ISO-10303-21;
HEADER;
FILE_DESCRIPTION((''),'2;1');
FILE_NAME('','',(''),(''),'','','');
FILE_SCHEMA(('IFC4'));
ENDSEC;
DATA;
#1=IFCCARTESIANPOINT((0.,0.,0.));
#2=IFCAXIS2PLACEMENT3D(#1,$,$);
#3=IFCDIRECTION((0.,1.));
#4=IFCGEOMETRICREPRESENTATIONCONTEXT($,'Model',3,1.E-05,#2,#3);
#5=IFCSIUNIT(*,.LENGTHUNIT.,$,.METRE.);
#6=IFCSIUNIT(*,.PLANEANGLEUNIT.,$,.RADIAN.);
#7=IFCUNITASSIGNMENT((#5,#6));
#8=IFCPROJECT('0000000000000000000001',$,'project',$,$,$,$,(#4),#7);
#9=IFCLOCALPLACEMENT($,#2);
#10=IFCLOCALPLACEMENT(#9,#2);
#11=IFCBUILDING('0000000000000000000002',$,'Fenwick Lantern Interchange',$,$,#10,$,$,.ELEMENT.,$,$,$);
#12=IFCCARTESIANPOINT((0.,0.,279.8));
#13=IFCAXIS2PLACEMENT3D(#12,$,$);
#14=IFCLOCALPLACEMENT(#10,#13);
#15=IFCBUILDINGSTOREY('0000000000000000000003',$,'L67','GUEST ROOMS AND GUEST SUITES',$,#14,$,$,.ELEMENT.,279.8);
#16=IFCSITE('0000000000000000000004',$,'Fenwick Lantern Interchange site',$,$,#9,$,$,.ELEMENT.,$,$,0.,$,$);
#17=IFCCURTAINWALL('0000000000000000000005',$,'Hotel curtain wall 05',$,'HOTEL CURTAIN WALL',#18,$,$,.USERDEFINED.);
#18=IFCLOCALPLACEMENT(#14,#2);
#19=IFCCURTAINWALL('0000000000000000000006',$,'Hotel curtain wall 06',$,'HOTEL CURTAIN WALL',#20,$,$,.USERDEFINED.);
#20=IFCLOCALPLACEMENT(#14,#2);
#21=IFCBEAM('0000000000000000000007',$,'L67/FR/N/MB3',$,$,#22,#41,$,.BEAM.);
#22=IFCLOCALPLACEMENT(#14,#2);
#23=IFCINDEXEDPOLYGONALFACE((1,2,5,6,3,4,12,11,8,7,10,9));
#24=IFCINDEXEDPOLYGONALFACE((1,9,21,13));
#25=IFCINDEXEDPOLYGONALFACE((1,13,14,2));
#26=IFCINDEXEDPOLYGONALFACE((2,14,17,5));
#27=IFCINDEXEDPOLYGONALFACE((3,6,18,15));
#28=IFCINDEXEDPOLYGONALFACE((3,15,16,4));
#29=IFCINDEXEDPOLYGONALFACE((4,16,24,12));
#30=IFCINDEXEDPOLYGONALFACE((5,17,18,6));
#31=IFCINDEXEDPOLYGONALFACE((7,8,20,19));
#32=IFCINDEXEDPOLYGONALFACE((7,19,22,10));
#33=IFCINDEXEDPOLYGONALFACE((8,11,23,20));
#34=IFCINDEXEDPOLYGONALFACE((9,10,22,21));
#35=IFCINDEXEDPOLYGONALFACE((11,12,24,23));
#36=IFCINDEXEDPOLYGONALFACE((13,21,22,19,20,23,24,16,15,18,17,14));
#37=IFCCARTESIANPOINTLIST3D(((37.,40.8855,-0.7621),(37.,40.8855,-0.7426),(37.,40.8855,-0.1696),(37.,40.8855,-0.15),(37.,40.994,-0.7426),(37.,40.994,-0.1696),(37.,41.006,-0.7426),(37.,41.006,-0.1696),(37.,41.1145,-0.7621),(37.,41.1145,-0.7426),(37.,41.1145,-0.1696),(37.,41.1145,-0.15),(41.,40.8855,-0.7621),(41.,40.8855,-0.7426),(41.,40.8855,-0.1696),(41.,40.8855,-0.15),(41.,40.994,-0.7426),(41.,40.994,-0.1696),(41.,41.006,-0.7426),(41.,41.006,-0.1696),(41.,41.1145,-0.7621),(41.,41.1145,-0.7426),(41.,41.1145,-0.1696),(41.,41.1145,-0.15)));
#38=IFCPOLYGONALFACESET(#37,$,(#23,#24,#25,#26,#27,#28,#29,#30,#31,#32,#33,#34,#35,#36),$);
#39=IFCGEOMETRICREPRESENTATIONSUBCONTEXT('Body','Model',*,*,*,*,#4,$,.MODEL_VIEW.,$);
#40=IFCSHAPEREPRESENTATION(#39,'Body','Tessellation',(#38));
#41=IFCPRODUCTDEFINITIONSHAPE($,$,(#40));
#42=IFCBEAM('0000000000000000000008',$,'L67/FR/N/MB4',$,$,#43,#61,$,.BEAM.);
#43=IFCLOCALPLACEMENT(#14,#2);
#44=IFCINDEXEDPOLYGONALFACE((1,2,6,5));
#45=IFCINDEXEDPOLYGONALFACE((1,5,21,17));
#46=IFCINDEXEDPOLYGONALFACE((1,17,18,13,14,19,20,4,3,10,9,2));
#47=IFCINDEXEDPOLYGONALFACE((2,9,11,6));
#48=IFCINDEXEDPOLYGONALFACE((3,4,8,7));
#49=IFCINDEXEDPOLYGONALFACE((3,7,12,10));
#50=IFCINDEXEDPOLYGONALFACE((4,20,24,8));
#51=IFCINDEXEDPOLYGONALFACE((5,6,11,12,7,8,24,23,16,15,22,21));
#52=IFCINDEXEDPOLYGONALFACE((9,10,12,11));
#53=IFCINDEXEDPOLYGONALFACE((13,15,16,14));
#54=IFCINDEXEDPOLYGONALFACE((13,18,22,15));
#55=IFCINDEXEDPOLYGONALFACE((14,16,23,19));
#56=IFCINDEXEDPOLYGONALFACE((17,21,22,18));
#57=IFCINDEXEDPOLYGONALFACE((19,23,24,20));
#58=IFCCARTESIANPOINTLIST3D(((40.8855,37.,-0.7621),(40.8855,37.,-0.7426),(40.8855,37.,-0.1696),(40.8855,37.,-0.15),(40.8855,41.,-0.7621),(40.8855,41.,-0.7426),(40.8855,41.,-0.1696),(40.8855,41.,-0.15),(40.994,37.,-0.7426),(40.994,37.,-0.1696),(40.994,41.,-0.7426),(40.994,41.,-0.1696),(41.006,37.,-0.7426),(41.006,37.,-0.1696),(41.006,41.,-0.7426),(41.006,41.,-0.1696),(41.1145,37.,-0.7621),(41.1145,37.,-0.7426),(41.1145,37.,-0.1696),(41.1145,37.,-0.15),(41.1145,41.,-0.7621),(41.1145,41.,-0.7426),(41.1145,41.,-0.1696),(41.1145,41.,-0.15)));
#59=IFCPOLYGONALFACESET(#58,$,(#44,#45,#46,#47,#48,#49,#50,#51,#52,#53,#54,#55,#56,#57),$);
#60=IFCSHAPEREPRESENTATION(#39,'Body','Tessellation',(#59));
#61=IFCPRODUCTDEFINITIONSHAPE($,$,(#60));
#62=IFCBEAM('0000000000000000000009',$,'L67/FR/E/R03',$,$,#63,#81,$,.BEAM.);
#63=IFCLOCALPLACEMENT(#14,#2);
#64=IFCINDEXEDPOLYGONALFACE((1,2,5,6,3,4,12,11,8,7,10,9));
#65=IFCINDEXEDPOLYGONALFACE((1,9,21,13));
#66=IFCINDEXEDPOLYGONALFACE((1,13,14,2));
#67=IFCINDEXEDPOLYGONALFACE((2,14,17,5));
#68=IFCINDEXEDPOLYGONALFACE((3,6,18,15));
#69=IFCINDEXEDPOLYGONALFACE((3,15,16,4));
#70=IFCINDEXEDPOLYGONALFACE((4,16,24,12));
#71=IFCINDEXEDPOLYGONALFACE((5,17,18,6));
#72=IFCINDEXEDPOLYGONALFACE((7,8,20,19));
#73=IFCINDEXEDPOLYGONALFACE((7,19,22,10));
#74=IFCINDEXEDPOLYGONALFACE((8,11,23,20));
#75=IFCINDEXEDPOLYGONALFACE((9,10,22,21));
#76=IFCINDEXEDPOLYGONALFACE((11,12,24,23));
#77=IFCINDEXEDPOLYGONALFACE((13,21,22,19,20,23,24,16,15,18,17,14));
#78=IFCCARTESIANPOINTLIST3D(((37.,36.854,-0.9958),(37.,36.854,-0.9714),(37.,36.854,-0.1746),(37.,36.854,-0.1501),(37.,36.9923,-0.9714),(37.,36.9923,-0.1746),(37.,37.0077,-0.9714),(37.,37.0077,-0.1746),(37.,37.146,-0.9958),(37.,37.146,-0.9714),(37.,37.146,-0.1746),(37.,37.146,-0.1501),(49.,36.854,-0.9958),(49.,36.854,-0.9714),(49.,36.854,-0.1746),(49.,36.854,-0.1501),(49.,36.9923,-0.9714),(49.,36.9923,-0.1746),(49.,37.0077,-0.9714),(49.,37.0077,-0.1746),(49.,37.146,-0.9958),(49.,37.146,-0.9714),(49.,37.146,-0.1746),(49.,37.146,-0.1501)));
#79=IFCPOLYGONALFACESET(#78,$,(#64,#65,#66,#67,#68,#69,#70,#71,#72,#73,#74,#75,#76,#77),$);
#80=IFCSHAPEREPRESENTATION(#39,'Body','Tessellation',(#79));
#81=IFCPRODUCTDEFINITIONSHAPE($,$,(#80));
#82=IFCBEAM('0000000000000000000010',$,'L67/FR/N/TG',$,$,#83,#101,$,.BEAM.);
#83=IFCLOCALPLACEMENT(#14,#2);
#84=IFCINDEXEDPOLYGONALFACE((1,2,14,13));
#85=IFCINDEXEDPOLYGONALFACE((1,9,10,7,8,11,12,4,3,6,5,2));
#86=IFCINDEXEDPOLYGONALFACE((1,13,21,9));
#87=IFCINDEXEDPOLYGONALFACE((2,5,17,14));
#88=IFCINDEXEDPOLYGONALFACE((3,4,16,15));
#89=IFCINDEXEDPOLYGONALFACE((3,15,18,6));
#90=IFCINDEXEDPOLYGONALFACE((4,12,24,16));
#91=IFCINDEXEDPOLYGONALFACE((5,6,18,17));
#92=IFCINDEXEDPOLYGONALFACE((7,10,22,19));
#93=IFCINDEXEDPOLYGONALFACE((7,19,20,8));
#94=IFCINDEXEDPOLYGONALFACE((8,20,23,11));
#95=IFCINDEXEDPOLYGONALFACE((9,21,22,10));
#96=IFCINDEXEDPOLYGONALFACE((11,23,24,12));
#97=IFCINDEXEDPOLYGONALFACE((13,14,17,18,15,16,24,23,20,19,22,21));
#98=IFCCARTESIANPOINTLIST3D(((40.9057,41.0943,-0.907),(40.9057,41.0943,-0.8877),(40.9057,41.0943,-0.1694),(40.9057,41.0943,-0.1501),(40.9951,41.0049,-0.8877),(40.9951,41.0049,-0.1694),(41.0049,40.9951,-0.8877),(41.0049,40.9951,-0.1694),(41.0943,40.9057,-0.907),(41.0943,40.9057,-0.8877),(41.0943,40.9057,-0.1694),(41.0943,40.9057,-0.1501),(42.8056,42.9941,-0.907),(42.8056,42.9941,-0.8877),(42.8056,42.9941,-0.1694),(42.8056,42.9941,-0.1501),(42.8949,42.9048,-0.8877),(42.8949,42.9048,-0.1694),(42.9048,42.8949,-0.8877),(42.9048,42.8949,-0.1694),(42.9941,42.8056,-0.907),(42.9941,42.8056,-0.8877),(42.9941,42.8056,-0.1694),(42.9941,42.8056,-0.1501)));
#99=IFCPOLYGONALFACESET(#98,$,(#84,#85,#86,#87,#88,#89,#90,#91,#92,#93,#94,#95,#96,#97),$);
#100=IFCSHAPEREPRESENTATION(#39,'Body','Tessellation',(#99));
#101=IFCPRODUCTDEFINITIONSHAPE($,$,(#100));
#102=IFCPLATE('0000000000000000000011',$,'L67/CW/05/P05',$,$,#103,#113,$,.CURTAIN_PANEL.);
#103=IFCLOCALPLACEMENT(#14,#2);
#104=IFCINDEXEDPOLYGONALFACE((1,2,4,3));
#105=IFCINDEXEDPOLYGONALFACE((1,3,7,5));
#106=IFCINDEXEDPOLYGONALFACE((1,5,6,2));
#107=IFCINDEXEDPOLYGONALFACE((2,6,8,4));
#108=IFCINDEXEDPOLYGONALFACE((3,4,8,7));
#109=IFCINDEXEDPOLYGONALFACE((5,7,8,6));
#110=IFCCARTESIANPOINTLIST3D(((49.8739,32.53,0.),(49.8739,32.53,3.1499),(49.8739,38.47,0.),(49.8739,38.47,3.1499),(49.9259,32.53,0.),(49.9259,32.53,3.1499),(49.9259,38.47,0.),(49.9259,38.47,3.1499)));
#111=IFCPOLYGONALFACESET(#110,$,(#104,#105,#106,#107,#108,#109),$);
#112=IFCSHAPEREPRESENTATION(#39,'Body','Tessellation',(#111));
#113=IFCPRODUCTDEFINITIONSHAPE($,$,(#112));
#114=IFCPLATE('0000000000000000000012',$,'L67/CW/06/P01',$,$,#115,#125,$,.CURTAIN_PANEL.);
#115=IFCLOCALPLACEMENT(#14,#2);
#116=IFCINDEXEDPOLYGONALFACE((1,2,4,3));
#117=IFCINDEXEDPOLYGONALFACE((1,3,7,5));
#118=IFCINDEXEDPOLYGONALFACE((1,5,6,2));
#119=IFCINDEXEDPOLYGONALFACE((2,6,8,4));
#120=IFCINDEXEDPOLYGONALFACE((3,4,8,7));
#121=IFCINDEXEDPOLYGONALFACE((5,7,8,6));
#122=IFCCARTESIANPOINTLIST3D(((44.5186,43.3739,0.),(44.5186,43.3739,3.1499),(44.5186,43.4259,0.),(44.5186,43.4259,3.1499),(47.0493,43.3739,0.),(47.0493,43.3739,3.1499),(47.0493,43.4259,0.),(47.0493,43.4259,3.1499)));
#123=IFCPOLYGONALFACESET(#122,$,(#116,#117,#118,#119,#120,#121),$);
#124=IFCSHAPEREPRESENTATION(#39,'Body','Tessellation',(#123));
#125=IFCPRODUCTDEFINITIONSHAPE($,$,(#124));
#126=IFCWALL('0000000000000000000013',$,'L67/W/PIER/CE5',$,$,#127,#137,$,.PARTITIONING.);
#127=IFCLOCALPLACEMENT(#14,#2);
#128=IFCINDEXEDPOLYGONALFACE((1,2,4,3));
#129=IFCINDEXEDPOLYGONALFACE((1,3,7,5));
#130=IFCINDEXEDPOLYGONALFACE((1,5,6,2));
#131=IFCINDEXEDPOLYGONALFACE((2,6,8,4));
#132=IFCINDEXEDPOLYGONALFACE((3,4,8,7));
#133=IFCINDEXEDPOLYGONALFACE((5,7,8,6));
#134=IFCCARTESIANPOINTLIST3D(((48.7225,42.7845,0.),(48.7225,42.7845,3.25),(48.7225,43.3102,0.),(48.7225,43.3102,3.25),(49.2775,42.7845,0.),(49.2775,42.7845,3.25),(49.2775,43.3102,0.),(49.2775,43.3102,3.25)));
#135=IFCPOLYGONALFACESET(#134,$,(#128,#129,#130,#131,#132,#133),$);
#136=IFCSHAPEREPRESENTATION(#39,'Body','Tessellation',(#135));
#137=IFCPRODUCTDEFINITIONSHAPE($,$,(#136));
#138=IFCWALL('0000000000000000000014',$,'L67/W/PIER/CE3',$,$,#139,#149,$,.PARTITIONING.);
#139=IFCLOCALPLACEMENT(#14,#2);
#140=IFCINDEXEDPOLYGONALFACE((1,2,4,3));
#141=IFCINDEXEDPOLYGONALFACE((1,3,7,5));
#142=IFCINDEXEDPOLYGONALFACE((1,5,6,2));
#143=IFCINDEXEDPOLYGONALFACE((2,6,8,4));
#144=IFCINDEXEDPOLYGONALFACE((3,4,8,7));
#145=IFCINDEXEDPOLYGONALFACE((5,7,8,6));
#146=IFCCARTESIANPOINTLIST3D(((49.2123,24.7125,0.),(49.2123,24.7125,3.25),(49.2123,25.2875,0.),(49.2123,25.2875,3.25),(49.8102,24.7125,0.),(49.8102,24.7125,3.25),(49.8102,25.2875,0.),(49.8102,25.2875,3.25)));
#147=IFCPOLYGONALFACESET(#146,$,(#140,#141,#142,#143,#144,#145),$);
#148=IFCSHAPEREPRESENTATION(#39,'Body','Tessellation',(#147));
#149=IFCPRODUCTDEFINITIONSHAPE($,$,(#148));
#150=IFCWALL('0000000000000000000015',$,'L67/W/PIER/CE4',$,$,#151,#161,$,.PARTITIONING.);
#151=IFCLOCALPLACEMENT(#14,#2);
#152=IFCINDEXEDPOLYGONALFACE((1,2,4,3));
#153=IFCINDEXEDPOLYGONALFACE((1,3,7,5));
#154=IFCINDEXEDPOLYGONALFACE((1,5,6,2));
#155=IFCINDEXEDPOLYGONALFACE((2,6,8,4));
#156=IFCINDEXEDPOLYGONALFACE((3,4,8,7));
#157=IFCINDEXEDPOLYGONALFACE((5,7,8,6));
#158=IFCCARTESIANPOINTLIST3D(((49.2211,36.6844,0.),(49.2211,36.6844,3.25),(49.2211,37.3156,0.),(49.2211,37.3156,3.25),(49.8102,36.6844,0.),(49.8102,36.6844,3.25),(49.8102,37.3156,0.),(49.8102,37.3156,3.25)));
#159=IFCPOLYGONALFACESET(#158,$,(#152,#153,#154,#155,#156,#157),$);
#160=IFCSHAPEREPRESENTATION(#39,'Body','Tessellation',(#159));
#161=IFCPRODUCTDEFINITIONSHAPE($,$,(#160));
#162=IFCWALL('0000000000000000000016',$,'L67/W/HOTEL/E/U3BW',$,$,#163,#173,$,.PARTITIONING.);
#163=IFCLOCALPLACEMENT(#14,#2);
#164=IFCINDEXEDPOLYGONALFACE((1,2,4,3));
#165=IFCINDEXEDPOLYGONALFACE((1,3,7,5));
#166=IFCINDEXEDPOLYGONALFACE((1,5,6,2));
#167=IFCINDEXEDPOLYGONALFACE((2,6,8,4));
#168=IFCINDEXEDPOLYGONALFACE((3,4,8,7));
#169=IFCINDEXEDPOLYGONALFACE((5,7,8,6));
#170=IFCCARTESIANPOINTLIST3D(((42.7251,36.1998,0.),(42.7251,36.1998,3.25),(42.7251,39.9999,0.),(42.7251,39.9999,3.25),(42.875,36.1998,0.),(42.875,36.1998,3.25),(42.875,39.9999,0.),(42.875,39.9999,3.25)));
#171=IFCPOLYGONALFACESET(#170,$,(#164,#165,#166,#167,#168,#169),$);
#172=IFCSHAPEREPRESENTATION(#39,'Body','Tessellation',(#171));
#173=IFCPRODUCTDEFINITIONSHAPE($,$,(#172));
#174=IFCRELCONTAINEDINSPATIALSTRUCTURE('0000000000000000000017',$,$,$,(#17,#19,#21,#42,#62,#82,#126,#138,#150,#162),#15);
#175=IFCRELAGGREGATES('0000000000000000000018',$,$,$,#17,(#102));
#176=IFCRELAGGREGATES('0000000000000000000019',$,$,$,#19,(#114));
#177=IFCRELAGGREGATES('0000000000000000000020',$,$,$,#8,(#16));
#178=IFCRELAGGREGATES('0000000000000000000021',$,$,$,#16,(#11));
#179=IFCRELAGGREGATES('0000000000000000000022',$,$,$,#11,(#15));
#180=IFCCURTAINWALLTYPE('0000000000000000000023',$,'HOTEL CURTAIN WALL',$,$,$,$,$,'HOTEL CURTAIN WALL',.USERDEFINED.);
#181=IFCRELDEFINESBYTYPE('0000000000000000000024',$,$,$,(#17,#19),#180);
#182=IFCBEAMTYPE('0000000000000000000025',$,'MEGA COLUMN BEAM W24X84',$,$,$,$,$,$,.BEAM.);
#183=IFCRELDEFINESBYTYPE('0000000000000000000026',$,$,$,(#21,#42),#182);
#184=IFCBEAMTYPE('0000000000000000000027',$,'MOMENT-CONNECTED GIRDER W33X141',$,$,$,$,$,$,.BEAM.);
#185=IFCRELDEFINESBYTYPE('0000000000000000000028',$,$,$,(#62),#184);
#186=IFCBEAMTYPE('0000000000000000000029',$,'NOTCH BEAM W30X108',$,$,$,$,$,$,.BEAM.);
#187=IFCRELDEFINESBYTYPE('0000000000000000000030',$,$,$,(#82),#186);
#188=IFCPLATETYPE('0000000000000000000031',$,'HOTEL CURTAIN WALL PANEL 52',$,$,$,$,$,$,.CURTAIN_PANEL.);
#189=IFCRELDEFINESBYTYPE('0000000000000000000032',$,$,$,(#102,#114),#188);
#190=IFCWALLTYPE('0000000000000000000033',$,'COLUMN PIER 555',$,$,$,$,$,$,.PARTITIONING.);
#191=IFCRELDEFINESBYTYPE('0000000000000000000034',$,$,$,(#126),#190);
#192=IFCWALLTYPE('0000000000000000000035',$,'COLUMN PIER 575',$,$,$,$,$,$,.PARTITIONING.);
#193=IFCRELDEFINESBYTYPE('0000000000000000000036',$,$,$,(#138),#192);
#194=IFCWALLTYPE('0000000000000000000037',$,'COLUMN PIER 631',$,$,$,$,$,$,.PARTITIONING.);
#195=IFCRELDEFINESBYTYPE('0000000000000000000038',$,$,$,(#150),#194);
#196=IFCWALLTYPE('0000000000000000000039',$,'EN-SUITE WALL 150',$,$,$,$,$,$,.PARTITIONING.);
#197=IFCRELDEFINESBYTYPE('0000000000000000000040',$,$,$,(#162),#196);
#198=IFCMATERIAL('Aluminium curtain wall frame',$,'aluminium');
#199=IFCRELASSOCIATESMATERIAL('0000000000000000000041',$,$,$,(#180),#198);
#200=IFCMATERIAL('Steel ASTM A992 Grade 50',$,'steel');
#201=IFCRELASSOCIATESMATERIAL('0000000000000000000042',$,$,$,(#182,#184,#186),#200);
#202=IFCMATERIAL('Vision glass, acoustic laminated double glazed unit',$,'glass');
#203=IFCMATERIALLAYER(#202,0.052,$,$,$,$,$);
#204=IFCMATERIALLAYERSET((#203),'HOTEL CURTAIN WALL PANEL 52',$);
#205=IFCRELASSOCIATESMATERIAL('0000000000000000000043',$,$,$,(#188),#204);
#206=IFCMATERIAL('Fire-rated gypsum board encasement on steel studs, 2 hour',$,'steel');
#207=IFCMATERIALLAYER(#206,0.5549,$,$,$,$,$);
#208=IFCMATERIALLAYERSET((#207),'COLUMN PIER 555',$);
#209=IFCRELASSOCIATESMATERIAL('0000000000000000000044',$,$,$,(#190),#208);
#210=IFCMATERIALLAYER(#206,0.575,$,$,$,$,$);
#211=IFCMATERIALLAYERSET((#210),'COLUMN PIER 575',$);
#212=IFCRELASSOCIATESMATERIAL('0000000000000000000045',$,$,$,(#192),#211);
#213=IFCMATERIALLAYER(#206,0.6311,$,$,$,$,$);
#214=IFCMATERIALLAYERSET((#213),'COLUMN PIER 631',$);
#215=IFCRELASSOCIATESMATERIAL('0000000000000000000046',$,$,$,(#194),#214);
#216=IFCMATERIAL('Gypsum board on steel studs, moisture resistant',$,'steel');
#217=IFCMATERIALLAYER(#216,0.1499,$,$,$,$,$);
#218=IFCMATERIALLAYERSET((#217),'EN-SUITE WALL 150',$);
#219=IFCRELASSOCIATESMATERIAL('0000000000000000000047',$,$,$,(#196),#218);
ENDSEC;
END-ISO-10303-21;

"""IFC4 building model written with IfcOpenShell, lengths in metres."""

from ifc_helpers import new_model, si_unit, direction, frame, frame_2d, origin, origin_2d, place, context, subcontext, project, spatial, rectangle, i_section, extrude, material, layer, layer_set, material_profile, profile_set, type_object, element, aggregate, save


model = new_model("IFC4")

# Units and contexts
model_context = context("Model", 3, precision=1e-05, world=origin(), true_north=direction((0.0, 1.0)))
body_context = subcontext(model_context, "Body", "Model", "MODEL_VIEW")
ifc_project = project(units=[si_unit("LENGTHUNIT", "METRE"), si_unit("PLANEANGLEUNIT", "RADIAN")], contexts=[model_context])

# Site, building, storey
site_placement = place(None, origin())
site = spatial("IfcSite", under=ifc_project, at=site_placement, Name="Fenwick Lantern Interchange site", CompositionType="ELEMENT", RefElevation=0.0)
building_placement = place(site_placement, origin())
building = spatial("IfcBuilding", under=site, at=building_placement, Name="Fenwick Lantern Interchange", CompositionType="ELEMENT")
storey_placement = place(building_placement, frame((0.0, 0.0, 279.8)))
storey = spatial("IfcBuildingStorey", under=building, at=storey_placement, Name="L67", Description="GUEST ROOMS AND GUEST SUITES", CompositionType="ELEMENT", Elevation=279.8)

# Shared definitions
ifc_material_1 = material(Name="Steel ASTM A992 Grade 50", Category="steel")

# Curtain wall
ifc_material_2 = material(Name="Aluminium curtain wall frame", Category="aluminium")
curtain_wall_type = type_object("IfcCurtainWallType", Name="HOTEL CURTAIN WALL", ElementType="HOTEL CURTAIN WALL", PredefinedType="USERDEFINED", material=ifc_material_2)
curtain_wall_1_placement = place(storey_placement, origin())
curtain_wall_1 = element("IfcCurtainWall", 1, at=curtain_wall_1_placement, inside=storey, type_object=curtain_wall_type, Name="Hotel curtain wall 05", ObjectType="HOTEL CURTAIN WALL", PredefinedType="USERDEFINED")

# Curtain wall
curtain_wall_2_placement = place(storey_placement, origin())
curtain_wall_2 = element("IfcCurtainWall", 2, at=curtain_wall_2_placement, inside=storey, type_object=curtain_wall_type, Name="Hotel curtain wall 06", ObjectType="HOTEL CURTAIN WALL", PredefinedType="USERDEFINED")

# Beams
ifc_material_profile_1 = material_profile(ifc_material_1, i_section(OverallWidth=0.229, OverallDepth=0.6121, WebThickness=0.012, FlangeThickness=0.0195, at=origin_2d()), Name="W24X84")
ifc_profile_set_1 = profile_set([ifc_material_profile_1], Name="Steel ASTM A992 Grade 50")
beam_type_1 = type_object("IfcBeamType", Name="MEGA COLUMN BEAM W24X84", PredefinedType="BEAM", material=ifc_profile_set_1)
for number, where, z_axis, x_axis, name in (
    (3, (41.0, 41.0, -0.4561), (-1.0, 0.0, 0.0), (0.0, -1.0, 0.0), "L67/FR/N/MB3"),
    (4, (41.0, 41.0, -0.4561), (0.0, -1.0, 0.0), (1.0, 0.0, 0.0), "L67/FR/N/MB4"),
):
    element("IfcBeam", number, at=place(storey_placement, frame(where, z_axis=z_axis, x_axis=x_axis)), inside=storey, type_object=beam_type_1, Name=name, PredefinedType="BEAM", context=body_context, shape_type="SweptSolid", body=[
        extrude(i_section(OverallWidth=0.229, OverallDepth=0.6121, WebThickness=0.012, FlangeThickness=0.0195, at=origin_2d()), origin(), (0.0, 0.0, 1.0), 4.0),
    ])
ifc_material_profile_2 = material_profile(ifc_material_1, i_section(OverallWidth=0.292, OverallDepth=0.8457, WebThickness=0.0154, FlangeThickness=0.0244, at=origin_2d()), Name="W33X141")
ifc_profile_set_2 = profile_set([ifc_material_profile_2], Name="Steel ASTM A992 Grade 50")
beam_type_2 = type_object("IfcBeamType", Name="MOMENT-CONNECTED GIRDER W33X141", PredefinedType="BEAM", material=ifc_profile_set_2)
beam_1_placement = place(storey_placement, frame((49.0, 37.0, -0.573), z_axis=(-1.0, 0.0, 0.0), x_axis=(0.0, -1.0, 0.0)))
element("IfcBeam", 5, at=beam_1_placement, inside=storey, type_object=beam_type_2, Name="L67/FR/E/R03", PredefinedType="BEAM", context=body_context, shape_type="SweptSolid", body=[
    extrude(i_section(OverallWidth=0.292, OverallDepth=0.8457, WebThickness=0.0154, FlangeThickness=0.0244, at=origin_2d()), origin(), (0.0, 0.0, 1.0), 12.0),
])
ifc_material_profile_3 = material_profile(ifc_material_1, i_section(OverallWidth=0.2666, OverallDepth=0.7568, WebThickness=0.0139, FlangeThickness=0.0193, at=origin_2d()), Name="W30X108")
ifc_profile_set_3 = profile_set([ifc_material_profile_3], Name="Steel ASTM A992 Grade 50")
beam_type_3 = type_object("IfcBeamType", Name="NOTCH BEAM W30X108", PredefinedType="BEAM", material=ifc_profile_set_3)
beam_2_placement = place(storey_placement, frame((41.0, 41.0, -0.5286), z_axis=(0.707107, 0.707107, 0.0), x_axis=(-0.707107, 0.707107, 0.0)))
element("IfcBeam", 6, at=beam_2_placement, inside=storey, type_object=beam_type_3, Name="L67/FR/N/TG", PredefinedType="BEAM", context=body_context, shape_type="SweptSolid", body=[
    extrude(i_section(OverallWidth=0.2666, OverallDepth=0.7568, WebThickness=0.0139, FlangeThickness=0.0193, at=origin_2d()), origin(), (0.0, 0.0, 1.0), 2.6868),
])

# Plates
ifc_material_3 = material(Name="Vision glass, acoustic laminated double glazed unit", Category="glass")
ifc_layer_1 = layer(ifc_material_3, 0.052)
ifc_layer_set_1 = layer_set([ifc_layer_1], Name="HOTEL CURTAIN WALL PANEL 52")
plate_type = type_object("IfcPlateType", Name="HOTEL CURTAIN WALL PANEL 52", PredefinedType="CURTAIN_PANEL", material=ifc_layer_set_1)
plate_1_placement = place(storey_placement, frame((49.8999, 35.5, 0.0), z_axis=(0.0, 0.0, 1.0), x_axis=(0.0, 1.0, 0.0)))
plate_1 = element("IfcPlate", 7, at=plate_1_placement, type_object=plate_type, Name="L67/CW/05/P05", PredefinedType="CURTAIN_PANEL", context=body_context, shape_type="SweptSolid", body=[
    extrude(rectangle(XDim=5.9399, YDim=0.052, at=origin_2d()), origin(), (0.0, 0.0, 1.0), 3.1499),
])
aggregate(curtain_wall_1, [plate_1])
plate_2_placement = place(storey_placement, frame((45.7839, 43.3999, 0.0), z_axis=(0.0, 0.0, 1.0), x_axis=(-1.0, 0.0, 0.0)))
plate_2 = element("IfcPlate", 8, at=plate_2_placement, type_object=plate_type, Name="L67/CW/06/P01", PredefinedType="CURTAIN_PANEL", context=body_context, shape_type="SweptSolid", body=[
    extrude(rectangle(XDim=2.5308, YDim=0.052, at=origin_2d()), origin(), (0.0, 0.0, 1.0), 3.1499),
])
aggregate(curtain_wall_2, [plate_2])

# Walls
ifc_material_4 = material(Name="Fire-rated gypsum board encasement on steel studs, 2 hour", Category="steel")
ifc_layer_2 = layer(ifc_material_4, 0.5549)
ifc_layer_set_2 = layer_set([ifc_layer_2], Name="COLUMN PIER 555")
wall_type_1 = type_object("IfcWallType", Name="COLUMN PIER 555", PredefinedType="PARTITIONING", material=ifc_layer_set_2)
wall_1_placement = place(storey_placement, frame((49.0, 43.3101, 0.0), z_axis=(0.0, 0.0, 1.0), x_axis=(0.0, -1.0, 0.0)))
element("IfcWall", 9, at=wall_1_placement, inside=storey, type_object=wall_type_1, Name="L67/W/PIER/CE5", PredefinedType="PARTITIONING", context=body_context, shape_type="SweptSolid", body=[
    extrude(rectangle(XDim=0.5256, YDim=0.5549, at=frame_2d((0.2627, 0.0))), origin(), (0.0, 0.0, 1.0), 3.25),
])
ifc_layer_3 = layer(ifc_material_4, 0.575)
ifc_layer_set_3 = layer_set([ifc_layer_3], Name="COLUMN PIER 575")
wall_type_2 = type_object("IfcWallType", Name="COLUMN PIER 575", PredefinedType="PARTITIONING", material=ifc_layer_set_3)
wall_2_placement = place(storey_placement, frame((49.8101, 25.0, 0.0), z_axis=(0.0, 0.0, 1.0), x_axis=(-1.0, 0.0, 0.0)))
element("IfcWall", 10, at=wall_2_placement, inside=storey, type_object=wall_type_2, Name="L67/W/PIER/CE3", PredefinedType="PARTITIONING", context=body_context, shape_type="SweptSolid", body=[
    extrude(rectangle(XDim=0.5979, YDim=0.575, at=frame_2d((0.2988, 0.0))), origin(), (0.0, 0.0, 1.0), 3.25),
])
ifc_layer_4 = layer(ifc_material_4, 0.6311)
ifc_layer_set_4 = layer_set([ifc_layer_4], Name="COLUMN PIER 631")
wall_type_3 = type_object("IfcWallType", Name="COLUMN PIER 631", PredefinedType="PARTITIONING", material=ifc_layer_set_4)
wall_3_placement = place(storey_placement, frame((49.8101, 37.0, 0.0), z_axis=(0.0, 0.0, 1.0), x_axis=(-1.0, 0.0, 0.0)))
element("IfcWall", 11, at=wall_3_placement, inside=storey, type_object=wall_type_3, Name="L67/W/PIER/CE4", PredefinedType="PARTITIONING", context=body_context, shape_type="SweptSolid", body=[
    extrude(rectangle(XDim=0.5891, YDim=0.6311, at=frame_2d((0.2944, 0.0))), origin(), (0.0, 0.0, 1.0), 3.25),
])
ifc_material_5 = material(Name="Gypsum board on steel studs, moisture resistant", Category="steel")
ifc_layer_5 = layer(ifc_material_5, 0.1499)
ifc_layer_set_5 = layer_set([ifc_layer_5], Name="EN-SUITE WALL 150")
wall_type_4 = type_object("IfcWallType", Name="EN-SUITE WALL 150", PredefinedType="PARTITIONING", material=ifc_layer_set_5)
wall_4_placement = place(storey_placement, frame((42.8, 36.2, 0.0), z_axis=(0.0, 0.0, 1.0), x_axis=(0.0, 1.0, 0.0)))
element("IfcWall", 12, at=wall_4_placement, inside=storey, type_object=wall_type_4, Name="L67/W/HOTEL/E/U3BW", PredefinedType="PARTITIONING", context=body_context, shape_type="SweptSolid", body=[
    extrude(rectangle(XDim=3.8, YDim=0.1499, at=frame_2d((1.8999, 0.0))), origin(), (0.0, 0.0, 1.0), 3.25),
])

save(model, "model.ifc")
